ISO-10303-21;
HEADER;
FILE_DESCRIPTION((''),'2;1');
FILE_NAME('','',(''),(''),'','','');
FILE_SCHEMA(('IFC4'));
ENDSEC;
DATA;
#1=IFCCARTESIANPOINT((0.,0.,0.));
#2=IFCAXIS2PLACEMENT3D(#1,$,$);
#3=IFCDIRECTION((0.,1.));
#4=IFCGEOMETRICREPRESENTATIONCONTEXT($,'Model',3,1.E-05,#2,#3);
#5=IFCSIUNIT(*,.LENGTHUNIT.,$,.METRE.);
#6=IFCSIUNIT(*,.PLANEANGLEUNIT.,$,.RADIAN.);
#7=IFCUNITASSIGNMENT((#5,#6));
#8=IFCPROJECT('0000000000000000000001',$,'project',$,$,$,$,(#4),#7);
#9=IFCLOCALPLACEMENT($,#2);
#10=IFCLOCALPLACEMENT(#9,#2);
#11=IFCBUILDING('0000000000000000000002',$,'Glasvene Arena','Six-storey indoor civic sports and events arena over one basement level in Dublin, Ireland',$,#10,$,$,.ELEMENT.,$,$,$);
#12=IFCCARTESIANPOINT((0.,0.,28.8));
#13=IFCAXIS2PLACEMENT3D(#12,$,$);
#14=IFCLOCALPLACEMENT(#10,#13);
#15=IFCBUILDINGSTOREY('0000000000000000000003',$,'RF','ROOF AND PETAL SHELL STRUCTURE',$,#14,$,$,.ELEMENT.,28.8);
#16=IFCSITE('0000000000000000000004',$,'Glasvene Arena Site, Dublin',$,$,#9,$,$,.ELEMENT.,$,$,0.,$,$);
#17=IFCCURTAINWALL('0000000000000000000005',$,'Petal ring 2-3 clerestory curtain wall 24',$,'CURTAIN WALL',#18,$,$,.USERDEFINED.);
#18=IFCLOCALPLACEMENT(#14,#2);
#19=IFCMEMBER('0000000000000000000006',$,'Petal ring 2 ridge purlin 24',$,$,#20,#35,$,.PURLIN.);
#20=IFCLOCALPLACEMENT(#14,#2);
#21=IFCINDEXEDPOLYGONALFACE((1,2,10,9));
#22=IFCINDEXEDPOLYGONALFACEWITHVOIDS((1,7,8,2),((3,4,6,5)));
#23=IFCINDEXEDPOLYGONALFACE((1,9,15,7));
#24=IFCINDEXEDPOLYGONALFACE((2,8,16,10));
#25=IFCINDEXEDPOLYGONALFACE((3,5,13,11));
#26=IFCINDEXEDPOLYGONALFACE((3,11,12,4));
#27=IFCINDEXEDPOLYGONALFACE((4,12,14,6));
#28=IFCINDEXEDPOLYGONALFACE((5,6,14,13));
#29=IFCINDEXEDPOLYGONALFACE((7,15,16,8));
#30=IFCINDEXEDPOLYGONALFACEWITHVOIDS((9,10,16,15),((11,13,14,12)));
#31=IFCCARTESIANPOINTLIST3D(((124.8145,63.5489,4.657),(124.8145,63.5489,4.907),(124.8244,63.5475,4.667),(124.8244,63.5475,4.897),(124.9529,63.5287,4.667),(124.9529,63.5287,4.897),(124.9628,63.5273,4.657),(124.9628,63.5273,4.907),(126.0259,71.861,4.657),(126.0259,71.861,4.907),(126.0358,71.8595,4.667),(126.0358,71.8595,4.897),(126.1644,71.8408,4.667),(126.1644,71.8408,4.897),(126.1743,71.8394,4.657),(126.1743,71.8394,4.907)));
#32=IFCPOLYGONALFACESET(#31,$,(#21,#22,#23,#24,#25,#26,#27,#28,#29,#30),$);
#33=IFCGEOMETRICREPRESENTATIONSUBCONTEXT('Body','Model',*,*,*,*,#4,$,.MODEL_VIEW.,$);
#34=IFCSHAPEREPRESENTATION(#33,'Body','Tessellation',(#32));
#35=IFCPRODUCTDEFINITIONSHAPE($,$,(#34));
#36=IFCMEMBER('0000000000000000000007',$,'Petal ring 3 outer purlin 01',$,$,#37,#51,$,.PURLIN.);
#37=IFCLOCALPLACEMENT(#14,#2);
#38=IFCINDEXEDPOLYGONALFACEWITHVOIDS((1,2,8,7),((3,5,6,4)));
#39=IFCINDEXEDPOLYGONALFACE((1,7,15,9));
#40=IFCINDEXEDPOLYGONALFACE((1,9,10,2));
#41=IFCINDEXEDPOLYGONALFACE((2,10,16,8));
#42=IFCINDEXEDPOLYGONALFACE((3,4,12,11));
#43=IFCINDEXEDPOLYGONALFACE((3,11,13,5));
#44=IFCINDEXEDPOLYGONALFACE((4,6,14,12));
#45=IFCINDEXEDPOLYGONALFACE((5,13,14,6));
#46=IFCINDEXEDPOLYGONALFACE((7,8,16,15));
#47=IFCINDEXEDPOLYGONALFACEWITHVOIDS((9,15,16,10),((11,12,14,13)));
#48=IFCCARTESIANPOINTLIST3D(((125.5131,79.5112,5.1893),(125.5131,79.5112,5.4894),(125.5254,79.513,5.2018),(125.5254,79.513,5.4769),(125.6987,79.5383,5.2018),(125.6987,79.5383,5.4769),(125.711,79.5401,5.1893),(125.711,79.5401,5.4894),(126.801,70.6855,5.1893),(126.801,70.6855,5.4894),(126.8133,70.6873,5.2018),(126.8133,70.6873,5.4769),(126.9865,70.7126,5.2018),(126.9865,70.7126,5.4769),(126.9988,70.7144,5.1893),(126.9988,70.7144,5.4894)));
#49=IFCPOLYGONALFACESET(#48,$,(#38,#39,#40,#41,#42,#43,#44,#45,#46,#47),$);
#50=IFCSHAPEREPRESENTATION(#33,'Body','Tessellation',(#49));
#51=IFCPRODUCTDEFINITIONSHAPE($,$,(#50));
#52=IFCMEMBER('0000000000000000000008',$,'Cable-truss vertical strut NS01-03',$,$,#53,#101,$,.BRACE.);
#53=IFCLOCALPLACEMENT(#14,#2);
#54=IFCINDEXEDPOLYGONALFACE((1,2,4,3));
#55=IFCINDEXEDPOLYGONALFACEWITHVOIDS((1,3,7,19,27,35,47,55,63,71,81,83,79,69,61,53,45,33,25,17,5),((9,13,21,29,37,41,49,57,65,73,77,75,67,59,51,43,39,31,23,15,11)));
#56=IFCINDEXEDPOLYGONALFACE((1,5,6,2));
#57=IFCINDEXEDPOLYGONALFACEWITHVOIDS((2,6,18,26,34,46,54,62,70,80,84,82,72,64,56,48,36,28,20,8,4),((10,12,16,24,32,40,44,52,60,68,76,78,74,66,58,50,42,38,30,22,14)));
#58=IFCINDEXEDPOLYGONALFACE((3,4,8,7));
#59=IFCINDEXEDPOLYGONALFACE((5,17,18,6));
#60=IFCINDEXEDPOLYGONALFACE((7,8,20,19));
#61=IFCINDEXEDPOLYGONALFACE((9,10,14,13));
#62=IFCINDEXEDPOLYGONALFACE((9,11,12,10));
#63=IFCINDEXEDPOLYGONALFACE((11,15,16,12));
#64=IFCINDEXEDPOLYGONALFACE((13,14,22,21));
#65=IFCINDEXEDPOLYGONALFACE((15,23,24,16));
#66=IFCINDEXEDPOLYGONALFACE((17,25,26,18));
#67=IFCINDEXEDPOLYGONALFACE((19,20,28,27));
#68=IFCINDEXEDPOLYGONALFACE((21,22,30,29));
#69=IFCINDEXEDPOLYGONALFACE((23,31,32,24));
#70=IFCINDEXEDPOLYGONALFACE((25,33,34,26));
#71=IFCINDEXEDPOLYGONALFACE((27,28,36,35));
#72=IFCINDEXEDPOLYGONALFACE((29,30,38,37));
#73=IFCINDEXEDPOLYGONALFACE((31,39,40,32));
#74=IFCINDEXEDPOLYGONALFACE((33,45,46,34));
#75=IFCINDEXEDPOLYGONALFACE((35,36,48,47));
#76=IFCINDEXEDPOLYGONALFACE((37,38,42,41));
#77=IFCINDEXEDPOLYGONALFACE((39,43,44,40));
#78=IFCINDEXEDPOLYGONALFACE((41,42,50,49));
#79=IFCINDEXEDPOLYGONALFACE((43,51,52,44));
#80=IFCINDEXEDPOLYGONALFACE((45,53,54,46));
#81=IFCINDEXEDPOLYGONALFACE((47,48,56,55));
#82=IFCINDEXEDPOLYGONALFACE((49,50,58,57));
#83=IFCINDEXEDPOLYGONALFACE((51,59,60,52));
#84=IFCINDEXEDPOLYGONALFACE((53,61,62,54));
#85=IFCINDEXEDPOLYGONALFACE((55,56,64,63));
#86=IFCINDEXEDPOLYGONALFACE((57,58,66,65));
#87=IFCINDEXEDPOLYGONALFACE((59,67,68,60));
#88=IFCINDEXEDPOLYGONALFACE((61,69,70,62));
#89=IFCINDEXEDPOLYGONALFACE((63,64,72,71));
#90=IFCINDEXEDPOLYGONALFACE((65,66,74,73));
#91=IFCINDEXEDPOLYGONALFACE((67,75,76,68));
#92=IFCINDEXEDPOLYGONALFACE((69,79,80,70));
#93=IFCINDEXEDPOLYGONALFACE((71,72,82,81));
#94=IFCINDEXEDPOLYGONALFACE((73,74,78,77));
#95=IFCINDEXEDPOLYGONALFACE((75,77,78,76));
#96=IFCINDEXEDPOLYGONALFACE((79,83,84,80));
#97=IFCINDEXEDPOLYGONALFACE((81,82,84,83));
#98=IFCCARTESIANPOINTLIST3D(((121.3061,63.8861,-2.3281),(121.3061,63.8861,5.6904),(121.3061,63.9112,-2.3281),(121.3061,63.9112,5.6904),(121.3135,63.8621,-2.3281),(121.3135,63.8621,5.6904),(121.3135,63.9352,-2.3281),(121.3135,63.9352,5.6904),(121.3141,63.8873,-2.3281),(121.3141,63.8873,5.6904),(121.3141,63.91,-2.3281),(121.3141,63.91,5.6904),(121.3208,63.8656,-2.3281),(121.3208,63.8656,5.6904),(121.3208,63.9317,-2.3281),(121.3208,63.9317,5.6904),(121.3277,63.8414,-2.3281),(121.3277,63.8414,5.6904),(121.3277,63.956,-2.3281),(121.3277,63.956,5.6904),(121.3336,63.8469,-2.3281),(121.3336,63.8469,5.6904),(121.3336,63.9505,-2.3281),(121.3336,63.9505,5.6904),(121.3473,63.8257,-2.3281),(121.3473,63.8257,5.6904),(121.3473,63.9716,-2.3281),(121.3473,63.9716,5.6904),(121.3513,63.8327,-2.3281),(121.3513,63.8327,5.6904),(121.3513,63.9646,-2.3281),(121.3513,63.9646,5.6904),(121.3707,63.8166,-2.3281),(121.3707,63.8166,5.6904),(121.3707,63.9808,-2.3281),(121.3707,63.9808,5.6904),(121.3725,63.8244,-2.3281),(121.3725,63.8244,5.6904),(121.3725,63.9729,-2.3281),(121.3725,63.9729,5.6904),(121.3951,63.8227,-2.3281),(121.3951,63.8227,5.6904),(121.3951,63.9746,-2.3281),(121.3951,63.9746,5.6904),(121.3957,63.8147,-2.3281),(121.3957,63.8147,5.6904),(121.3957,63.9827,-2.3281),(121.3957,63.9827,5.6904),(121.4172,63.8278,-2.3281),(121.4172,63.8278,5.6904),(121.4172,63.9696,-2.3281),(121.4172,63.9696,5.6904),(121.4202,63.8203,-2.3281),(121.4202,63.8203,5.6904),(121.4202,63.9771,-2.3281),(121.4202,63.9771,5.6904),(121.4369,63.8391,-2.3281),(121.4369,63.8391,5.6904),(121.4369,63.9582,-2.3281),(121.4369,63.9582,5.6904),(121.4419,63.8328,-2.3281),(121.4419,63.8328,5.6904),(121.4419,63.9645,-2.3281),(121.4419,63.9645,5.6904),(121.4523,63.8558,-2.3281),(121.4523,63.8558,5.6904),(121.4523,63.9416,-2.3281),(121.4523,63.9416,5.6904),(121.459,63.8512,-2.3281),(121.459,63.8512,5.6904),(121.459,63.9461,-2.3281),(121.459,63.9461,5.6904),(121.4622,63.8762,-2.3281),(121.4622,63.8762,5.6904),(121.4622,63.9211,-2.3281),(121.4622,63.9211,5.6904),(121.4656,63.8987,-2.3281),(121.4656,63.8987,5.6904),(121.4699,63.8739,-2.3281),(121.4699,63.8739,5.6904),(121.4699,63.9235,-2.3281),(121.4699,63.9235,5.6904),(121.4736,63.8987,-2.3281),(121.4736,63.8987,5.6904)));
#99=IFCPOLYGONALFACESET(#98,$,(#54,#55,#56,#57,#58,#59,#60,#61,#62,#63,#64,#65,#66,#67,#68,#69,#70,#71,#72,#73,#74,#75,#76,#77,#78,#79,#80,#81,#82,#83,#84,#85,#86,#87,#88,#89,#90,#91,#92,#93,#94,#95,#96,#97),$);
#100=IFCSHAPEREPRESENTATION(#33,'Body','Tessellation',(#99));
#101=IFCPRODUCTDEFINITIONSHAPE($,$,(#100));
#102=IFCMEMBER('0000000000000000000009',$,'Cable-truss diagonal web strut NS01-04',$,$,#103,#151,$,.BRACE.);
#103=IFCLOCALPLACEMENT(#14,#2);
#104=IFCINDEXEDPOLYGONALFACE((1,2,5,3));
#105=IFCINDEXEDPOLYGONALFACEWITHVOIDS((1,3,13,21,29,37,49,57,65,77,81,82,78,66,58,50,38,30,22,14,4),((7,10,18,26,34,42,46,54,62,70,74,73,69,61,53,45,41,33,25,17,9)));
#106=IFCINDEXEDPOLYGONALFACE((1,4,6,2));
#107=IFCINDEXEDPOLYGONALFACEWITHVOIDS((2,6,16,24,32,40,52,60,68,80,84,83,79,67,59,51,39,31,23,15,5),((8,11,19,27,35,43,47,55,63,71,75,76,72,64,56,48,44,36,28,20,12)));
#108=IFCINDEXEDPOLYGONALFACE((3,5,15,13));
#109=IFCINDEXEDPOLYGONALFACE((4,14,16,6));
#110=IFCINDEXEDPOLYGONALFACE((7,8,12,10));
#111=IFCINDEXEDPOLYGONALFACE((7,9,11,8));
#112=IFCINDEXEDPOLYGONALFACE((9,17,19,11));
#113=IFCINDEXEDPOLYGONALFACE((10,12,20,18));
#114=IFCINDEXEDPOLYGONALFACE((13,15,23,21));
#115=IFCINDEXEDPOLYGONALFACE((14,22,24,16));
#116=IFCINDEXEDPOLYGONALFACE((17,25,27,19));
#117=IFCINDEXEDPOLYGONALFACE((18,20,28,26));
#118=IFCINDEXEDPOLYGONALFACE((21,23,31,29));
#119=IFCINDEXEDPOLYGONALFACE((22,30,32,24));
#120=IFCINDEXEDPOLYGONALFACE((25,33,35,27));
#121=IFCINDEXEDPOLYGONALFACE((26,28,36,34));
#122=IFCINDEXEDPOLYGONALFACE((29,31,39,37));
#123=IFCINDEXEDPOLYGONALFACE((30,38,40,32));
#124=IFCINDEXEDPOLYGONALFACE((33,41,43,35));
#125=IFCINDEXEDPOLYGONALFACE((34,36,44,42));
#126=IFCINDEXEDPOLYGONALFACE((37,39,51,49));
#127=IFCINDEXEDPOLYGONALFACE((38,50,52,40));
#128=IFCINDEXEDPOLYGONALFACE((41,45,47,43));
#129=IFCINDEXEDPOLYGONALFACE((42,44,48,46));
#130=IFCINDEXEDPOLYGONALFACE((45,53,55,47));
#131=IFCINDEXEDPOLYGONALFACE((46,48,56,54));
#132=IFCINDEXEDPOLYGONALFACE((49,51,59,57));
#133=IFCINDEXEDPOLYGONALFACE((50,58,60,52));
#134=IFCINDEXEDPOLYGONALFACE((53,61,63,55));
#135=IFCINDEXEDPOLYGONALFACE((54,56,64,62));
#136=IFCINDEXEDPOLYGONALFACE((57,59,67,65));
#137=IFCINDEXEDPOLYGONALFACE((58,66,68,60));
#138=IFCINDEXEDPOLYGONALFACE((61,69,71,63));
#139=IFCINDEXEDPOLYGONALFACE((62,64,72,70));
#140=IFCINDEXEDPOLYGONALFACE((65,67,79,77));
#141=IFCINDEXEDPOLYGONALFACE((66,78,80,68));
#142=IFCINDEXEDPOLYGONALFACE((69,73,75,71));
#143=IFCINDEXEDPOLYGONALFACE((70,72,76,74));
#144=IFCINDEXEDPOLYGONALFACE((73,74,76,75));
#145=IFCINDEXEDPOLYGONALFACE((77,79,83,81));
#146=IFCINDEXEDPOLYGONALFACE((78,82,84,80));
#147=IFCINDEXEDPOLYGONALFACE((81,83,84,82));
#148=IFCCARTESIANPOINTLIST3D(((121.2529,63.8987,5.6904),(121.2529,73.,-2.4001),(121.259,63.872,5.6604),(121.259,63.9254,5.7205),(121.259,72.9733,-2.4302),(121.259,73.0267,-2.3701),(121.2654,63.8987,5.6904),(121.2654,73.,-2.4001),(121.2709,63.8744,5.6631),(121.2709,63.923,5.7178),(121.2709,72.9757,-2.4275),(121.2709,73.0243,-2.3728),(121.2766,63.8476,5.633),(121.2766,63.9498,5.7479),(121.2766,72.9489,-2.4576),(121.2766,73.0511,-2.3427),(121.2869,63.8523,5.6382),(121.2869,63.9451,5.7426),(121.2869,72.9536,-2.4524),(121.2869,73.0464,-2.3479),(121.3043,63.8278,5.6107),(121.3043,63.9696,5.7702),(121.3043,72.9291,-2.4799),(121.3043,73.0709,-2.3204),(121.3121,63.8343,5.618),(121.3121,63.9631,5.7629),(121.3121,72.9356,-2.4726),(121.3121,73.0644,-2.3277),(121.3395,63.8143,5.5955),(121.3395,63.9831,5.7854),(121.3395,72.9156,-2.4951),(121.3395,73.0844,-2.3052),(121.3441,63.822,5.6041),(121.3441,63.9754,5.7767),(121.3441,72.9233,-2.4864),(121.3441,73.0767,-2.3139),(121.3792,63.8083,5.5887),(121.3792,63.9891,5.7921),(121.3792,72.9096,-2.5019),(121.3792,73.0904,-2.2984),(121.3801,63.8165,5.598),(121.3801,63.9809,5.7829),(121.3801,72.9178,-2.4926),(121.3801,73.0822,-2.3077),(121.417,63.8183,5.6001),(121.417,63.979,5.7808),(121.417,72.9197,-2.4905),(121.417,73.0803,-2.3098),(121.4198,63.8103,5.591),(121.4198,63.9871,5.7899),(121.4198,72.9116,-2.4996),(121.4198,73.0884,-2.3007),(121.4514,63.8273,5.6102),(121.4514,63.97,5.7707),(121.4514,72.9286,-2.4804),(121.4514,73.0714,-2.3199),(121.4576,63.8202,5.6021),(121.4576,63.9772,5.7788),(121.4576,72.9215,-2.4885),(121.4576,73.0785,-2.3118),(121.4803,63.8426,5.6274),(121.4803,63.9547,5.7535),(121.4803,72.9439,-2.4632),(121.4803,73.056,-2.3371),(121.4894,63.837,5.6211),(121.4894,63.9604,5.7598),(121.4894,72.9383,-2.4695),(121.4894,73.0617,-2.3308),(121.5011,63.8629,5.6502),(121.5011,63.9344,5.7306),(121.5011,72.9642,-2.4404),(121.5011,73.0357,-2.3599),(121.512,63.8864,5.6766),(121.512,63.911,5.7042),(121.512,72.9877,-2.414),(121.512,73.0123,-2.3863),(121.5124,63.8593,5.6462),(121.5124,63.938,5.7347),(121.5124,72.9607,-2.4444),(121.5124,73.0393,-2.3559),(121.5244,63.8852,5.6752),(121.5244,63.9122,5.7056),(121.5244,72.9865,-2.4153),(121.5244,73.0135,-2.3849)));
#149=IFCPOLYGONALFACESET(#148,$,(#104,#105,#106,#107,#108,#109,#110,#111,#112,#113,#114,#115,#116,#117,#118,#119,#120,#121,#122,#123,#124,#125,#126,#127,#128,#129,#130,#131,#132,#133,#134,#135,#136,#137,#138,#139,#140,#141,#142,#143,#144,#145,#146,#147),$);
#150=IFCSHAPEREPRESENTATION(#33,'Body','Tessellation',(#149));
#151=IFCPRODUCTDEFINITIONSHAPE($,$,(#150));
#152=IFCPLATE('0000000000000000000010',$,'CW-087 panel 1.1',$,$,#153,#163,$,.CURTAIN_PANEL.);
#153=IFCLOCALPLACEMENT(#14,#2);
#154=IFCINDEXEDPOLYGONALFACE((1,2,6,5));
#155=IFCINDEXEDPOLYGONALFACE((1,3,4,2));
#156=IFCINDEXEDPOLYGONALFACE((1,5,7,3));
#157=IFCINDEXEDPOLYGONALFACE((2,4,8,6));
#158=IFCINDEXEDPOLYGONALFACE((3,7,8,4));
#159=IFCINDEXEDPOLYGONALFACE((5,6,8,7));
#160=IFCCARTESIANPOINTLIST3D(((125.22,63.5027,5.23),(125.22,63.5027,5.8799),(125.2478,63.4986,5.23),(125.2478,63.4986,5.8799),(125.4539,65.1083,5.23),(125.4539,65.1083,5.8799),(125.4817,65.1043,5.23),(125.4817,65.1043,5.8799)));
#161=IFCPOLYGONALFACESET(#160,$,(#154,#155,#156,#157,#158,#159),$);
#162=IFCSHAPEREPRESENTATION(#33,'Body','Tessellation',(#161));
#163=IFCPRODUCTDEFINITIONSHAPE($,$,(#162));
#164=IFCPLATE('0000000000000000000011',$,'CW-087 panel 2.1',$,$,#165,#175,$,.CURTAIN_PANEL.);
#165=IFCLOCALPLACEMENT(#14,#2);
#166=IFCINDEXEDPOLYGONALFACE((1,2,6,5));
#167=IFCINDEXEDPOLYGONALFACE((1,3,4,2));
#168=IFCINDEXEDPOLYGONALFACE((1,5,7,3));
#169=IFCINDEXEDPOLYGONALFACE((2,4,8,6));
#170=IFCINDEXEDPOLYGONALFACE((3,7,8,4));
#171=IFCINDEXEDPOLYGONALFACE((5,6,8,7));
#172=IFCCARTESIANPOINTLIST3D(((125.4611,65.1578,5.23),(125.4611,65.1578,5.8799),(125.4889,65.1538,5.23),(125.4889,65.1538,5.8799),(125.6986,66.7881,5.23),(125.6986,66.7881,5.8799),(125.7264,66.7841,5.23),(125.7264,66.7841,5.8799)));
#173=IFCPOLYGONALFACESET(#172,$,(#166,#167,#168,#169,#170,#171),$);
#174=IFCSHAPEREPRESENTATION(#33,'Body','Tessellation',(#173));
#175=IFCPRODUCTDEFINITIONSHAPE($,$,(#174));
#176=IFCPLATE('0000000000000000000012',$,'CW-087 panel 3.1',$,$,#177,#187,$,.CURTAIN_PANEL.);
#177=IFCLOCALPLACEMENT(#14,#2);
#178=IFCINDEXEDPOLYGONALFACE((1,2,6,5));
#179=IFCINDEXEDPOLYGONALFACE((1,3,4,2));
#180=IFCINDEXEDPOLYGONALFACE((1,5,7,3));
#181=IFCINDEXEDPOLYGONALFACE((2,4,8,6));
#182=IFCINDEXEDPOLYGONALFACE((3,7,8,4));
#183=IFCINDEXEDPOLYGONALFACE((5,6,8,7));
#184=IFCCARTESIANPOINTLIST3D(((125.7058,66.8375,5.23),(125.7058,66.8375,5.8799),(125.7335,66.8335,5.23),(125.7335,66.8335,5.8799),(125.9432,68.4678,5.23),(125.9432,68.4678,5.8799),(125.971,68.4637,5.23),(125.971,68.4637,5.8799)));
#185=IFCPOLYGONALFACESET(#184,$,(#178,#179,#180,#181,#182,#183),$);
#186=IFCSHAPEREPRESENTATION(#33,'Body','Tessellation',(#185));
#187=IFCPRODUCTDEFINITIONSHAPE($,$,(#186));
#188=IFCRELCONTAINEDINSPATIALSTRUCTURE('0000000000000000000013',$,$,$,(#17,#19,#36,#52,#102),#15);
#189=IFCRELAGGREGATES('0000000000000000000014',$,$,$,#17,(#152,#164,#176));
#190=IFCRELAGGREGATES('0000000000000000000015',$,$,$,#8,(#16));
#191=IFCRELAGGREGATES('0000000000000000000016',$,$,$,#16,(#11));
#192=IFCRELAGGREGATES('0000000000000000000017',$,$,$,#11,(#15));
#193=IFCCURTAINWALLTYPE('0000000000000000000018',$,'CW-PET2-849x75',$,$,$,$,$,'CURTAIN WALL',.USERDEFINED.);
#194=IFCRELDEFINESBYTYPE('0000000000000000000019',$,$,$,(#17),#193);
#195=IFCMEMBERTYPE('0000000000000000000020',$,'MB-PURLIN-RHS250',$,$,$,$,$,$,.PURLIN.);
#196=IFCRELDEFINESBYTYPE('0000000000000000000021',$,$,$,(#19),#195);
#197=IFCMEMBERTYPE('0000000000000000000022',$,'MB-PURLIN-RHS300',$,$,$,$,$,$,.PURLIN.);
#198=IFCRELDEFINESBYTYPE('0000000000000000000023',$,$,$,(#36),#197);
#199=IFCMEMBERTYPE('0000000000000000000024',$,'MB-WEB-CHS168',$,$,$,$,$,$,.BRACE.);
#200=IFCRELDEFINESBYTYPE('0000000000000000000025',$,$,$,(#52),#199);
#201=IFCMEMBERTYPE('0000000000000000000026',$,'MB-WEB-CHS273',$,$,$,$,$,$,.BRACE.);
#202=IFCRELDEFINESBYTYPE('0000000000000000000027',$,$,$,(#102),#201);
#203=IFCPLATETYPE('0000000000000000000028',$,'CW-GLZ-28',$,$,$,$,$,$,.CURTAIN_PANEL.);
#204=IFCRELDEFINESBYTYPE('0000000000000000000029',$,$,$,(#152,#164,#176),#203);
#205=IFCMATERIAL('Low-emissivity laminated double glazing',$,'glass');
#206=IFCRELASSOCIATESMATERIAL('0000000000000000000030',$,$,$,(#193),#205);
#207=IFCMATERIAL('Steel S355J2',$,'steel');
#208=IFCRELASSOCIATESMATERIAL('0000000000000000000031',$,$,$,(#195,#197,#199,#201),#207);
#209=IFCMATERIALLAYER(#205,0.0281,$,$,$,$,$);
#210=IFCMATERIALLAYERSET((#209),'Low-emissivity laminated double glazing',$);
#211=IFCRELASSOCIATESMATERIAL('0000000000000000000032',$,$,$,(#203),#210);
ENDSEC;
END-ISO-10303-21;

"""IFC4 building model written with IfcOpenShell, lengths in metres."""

from ifc_helpers import new_model, si_unit, direction, frame, origin, origin_2d, place, context, subcontext, project, spatial, rectangle, hollow_rectangle, hollow_circle, extrude, material, layer, layer_set, material_profile, profile_set, type_object, element, aggregate, save


model = new_model("IFC4")

# Units and contexts
model_context = context("Model", 3, precision=1e-05, world=origin(), true_north=direction((0.0, 1.0)))
body_context = subcontext(model_context, "Body", "Model", "MODEL_VIEW")
ifc_project = project(units=[si_unit("LENGTHUNIT", "METRE"), si_unit("PLANEANGLEUNIT", "RADIAN")], contexts=[model_context])

# Site, building, storey
site_placement = place(None, origin())
site = spatial("IfcSite", under=ifc_project, at=site_placement, Name="Glasvene Arena Site, Dublin", CompositionType="ELEMENT", RefElevation=0.0)
building_placement = place(site_placement, origin())
building = spatial("IfcBuilding", under=site, at=building_placement, Name="Glasvene Arena", Description="Six-storey indoor civic sports and events arena over one basement level in Dublin, Ireland", CompositionType="ELEMENT")
storey_placement = place(building_placement, frame((0.0, 0.0, 28.8)))
storey = spatial("IfcBuildingStorey", under=building, at=storey_placement, Name="RF", Description="ROOF AND PETAL SHELL STRUCTURE", CompositionType="ELEMENT", Elevation=28.8)

# Shared definitions
ifc_material_1 = material(Name="Low-emissivity laminated double glazing", Category="glass")
curtain_wall_type_1 = type_object("IfcCurtainWallType", Name="CW-PET2-849x75", ElementType="CURTAIN WALL", PredefinedType="USERDEFINED", material=ifc_material_1)

# Curtain wall
curtain_wall_1_placement = place(storey_placement, frame((125.2268, 63.4514, 0.0)))
curtain_wall_1 = element("IfcCurtainWall", 1, at=curtain_wall_1_placement, inside=storey, type_object=curtain_wall_type_1, Name="Petal ring 2-3 clerestory curtain wall 24", ObjectType="CURTAIN WALL", PredefinedType="USERDEFINED")

# Members
ifc_material_2 = material(Name="Steel S355J2", Category="steel")
ifc_material_profile_1 = material_profile(ifc_material_2, hollow_rectangle(XDim=0.1499, YDim=0.25, WallThickness=0.01, at=origin_2d()), Name="RHS 250x150x10.0")
ifc_profile_set_1 = profile_set([ifc_material_profile_1], Name="Steel S355J2")
member_type_1 = type_object("IfcMemberType", Name="MB-PURLIN-RHS250", PredefinedType="PURLIN", material=ifc_profile_set_1)
member_1_placement = place(storey_placement, frame((124.8887, 63.5381, 4.782), z_axis=(0.14422, 0.989546, 0.0), x_axis=(-0.989546, 0.14422, 0.0)))
element("IfcMember", 2, at=member_1_placement, inside=storey, type_object=member_type_1, Name="Petal ring 2 ridge purlin 24", PredefinedType="PURLIN", context=body_context, shape_type="SweptSolid", body=[
    extrude(hollow_rectangle(XDim=0.1499, YDim=0.25, WallThickness=0.01, at=origin_2d()), origin(), (0.0, 0.0, 1.0), 8.3999),
])
ifc_material_profile_2 = material_profile(ifc_material_2, hollow_rectangle(XDim=0.2, YDim=0.3, WallThickness=0.0125, at=origin_2d()), Name="RHS 300x200x12.5")
ifc_profile_set_2 = profile_set([ifc_material_profile_2], Name="Steel S355J2")
member_type_2 = type_object("IfcMemberType", Name="MB-PURLIN-RHS300", PredefinedType="PURLIN", material=ifc_profile_set_2)
member_2_placement = place(storey_placement, frame((126.8999, 70.7, 5.3394), z_axis=(-0.144391, 0.989521, 0.0), x_axis=(-0.989521, -0.144391, 0.0)))
element("IfcMember", 3, at=member_2_placement, inside=storey, type_object=member_type_2, Name="Petal ring 3 outer purlin 01", PredefinedType="PURLIN", context=body_context, shape_type="SweptSolid", body=[
    extrude(hollow_rectangle(XDim=0.2, YDim=0.3, WallThickness=0.0125, at=origin_2d()), origin(), (0.0, 0.0, 1.0), 8.9192),
])
ifc_material_profile_3 = material_profile(ifc_material_2, hollow_circle(Radius=0.0842, WallThickness=0.0081, at=origin_2d()), Name="CHS 168.3x8.0")
ifc_profile_set_3 = profile_set([ifc_material_profile_3], Name="Steel S355J2")
member_type_3 = type_object("IfcMemberType", Name="MB-WEB-CHS168", PredefinedType="BRACE", material=ifc_profile_set_3)
member_3_placement = place(storey_placement, frame((121.3894, 63.8987, -2.3281), z_axis=(0.0, 0.0, 1.0), x_axis=(1.0, 0.0, 0.0)))
element("IfcMember", 4, at=member_3_placement, inside=storey, type_object=member_type_3, Name="Cable-truss vertical strut NS01-03", PredefinedType="BRACE", context=body_context, shape_type="SweptSolid", body=[
    extrude(hollow_circle(Radius=0.0842, WallThickness=0.0081, at=origin_2d()), origin(), (0.0, 0.0, 1.0), 8.0186),
])
ifc_material_profile_4 = material_profile(ifc_material_2, hollow_circle(Radius=0.1365, WallThickness=0.0125, at=origin_2d()), Name="CHS 273.0x12.5")
ifc_profile_set_4 = profile_set([ifc_material_profile_4], Name="Steel S355J2")
member_type_4 = type_object("IfcMemberType", Name="MB-WEB-CHS273", PredefinedType="BRACE", material=ifc_profile_set_4)
member_4_placement = place(storey_placement, frame((121.3894, 63.8987, 5.6904), z_axis=(0.0, 0.747388, -0.664387), x_axis=(-1.0, 0.0, 0.0)))
element("IfcMember", 5, at=member_4_placement, inside=storey, type_object=member_type_4, Name="Cable-truss diagonal web strut NS01-04", PredefinedType="BRACE", context=body_context, shape_type="SweptSolid", body=[
    extrude(hollow_circle(Radius=0.1365, WallThickness=0.0125, at=origin_2d()), origin(), (0.0, 0.0, 1.0), 12.1775),
])

# Plates
ifc_layer_1 = layer(ifc_material_1, 0.0281)
ifc_layer_set_1 = layer_set([ifc_layer_1], Name="Low-emissivity laminated double glazing")
plate_type = type_object("IfcPlateType", Name="CW-GLZ-28", PredefinedType="CURTAIN_PANEL", material=ifc_layer_set_1)
plate_1_placement = place(storey_placement, frame((125.3508, 64.3035, 5.23), z_axis=(0.0, 0.0, 1.0), x_axis=(0.144133, 0.989558, 0.0)))
plate_1 = element("IfcPlate", 6, at=plate_1_placement, type_object=plate_type, Name="CW-087 panel 1.1", PredefinedType="CURTAIN_PANEL", context=body_context, shape_type="SweptSolid", body=[
    extrude(rectangle(XDim=1.6226, YDim=0.0281, at=origin_2d()), origin(), (0.0, 0.0, 1.0), 0.6499),
])
plate_2_placement = place(storey_placement, frame((125.5938, 65.9709, 5.23), z_axis=(0.0, 0.0, 1.0), x_axis=(0.144133, 0.989558, 0.0)))
plate_2 = element("IfcPlate", 7, at=plate_2_placement, type_object=plate_type, Name="CW-087 panel 2.1", PredefinedType="CURTAIN_PANEL", context=body_context, shape_type="SweptSolid", body=[
    extrude(rectangle(XDim=1.6475, YDim=0.0281, at=origin_2d()), origin(), (0.0, 0.0, 1.0), 0.6499),
])
plate_3_placement = place(storey_placement, frame((125.8384, 67.6506, 5.23), z_axis=(0.0, 0.0, 1.0), x_axis=(0.144133, 0.989558, 0.0)))
plate_3 = element("IfcPlate", 8, at=plate_3_placement, type_object=plate_type, Name="CW-087 panel 3.1", PredefinedType="CURTAIN_PANEL", context=body_context, shape_type="SweptSolid", body=[
    extrude(rectangle(XDim=1.6475, YDim=0.0281, at=origin_2d()), origin(), (0.0, 0.0, 1.0), 0.6499),
])
aggregate(curtain_wall_1, [plate_1, plate_2, plate_3])

save(model, "model.ifc")
